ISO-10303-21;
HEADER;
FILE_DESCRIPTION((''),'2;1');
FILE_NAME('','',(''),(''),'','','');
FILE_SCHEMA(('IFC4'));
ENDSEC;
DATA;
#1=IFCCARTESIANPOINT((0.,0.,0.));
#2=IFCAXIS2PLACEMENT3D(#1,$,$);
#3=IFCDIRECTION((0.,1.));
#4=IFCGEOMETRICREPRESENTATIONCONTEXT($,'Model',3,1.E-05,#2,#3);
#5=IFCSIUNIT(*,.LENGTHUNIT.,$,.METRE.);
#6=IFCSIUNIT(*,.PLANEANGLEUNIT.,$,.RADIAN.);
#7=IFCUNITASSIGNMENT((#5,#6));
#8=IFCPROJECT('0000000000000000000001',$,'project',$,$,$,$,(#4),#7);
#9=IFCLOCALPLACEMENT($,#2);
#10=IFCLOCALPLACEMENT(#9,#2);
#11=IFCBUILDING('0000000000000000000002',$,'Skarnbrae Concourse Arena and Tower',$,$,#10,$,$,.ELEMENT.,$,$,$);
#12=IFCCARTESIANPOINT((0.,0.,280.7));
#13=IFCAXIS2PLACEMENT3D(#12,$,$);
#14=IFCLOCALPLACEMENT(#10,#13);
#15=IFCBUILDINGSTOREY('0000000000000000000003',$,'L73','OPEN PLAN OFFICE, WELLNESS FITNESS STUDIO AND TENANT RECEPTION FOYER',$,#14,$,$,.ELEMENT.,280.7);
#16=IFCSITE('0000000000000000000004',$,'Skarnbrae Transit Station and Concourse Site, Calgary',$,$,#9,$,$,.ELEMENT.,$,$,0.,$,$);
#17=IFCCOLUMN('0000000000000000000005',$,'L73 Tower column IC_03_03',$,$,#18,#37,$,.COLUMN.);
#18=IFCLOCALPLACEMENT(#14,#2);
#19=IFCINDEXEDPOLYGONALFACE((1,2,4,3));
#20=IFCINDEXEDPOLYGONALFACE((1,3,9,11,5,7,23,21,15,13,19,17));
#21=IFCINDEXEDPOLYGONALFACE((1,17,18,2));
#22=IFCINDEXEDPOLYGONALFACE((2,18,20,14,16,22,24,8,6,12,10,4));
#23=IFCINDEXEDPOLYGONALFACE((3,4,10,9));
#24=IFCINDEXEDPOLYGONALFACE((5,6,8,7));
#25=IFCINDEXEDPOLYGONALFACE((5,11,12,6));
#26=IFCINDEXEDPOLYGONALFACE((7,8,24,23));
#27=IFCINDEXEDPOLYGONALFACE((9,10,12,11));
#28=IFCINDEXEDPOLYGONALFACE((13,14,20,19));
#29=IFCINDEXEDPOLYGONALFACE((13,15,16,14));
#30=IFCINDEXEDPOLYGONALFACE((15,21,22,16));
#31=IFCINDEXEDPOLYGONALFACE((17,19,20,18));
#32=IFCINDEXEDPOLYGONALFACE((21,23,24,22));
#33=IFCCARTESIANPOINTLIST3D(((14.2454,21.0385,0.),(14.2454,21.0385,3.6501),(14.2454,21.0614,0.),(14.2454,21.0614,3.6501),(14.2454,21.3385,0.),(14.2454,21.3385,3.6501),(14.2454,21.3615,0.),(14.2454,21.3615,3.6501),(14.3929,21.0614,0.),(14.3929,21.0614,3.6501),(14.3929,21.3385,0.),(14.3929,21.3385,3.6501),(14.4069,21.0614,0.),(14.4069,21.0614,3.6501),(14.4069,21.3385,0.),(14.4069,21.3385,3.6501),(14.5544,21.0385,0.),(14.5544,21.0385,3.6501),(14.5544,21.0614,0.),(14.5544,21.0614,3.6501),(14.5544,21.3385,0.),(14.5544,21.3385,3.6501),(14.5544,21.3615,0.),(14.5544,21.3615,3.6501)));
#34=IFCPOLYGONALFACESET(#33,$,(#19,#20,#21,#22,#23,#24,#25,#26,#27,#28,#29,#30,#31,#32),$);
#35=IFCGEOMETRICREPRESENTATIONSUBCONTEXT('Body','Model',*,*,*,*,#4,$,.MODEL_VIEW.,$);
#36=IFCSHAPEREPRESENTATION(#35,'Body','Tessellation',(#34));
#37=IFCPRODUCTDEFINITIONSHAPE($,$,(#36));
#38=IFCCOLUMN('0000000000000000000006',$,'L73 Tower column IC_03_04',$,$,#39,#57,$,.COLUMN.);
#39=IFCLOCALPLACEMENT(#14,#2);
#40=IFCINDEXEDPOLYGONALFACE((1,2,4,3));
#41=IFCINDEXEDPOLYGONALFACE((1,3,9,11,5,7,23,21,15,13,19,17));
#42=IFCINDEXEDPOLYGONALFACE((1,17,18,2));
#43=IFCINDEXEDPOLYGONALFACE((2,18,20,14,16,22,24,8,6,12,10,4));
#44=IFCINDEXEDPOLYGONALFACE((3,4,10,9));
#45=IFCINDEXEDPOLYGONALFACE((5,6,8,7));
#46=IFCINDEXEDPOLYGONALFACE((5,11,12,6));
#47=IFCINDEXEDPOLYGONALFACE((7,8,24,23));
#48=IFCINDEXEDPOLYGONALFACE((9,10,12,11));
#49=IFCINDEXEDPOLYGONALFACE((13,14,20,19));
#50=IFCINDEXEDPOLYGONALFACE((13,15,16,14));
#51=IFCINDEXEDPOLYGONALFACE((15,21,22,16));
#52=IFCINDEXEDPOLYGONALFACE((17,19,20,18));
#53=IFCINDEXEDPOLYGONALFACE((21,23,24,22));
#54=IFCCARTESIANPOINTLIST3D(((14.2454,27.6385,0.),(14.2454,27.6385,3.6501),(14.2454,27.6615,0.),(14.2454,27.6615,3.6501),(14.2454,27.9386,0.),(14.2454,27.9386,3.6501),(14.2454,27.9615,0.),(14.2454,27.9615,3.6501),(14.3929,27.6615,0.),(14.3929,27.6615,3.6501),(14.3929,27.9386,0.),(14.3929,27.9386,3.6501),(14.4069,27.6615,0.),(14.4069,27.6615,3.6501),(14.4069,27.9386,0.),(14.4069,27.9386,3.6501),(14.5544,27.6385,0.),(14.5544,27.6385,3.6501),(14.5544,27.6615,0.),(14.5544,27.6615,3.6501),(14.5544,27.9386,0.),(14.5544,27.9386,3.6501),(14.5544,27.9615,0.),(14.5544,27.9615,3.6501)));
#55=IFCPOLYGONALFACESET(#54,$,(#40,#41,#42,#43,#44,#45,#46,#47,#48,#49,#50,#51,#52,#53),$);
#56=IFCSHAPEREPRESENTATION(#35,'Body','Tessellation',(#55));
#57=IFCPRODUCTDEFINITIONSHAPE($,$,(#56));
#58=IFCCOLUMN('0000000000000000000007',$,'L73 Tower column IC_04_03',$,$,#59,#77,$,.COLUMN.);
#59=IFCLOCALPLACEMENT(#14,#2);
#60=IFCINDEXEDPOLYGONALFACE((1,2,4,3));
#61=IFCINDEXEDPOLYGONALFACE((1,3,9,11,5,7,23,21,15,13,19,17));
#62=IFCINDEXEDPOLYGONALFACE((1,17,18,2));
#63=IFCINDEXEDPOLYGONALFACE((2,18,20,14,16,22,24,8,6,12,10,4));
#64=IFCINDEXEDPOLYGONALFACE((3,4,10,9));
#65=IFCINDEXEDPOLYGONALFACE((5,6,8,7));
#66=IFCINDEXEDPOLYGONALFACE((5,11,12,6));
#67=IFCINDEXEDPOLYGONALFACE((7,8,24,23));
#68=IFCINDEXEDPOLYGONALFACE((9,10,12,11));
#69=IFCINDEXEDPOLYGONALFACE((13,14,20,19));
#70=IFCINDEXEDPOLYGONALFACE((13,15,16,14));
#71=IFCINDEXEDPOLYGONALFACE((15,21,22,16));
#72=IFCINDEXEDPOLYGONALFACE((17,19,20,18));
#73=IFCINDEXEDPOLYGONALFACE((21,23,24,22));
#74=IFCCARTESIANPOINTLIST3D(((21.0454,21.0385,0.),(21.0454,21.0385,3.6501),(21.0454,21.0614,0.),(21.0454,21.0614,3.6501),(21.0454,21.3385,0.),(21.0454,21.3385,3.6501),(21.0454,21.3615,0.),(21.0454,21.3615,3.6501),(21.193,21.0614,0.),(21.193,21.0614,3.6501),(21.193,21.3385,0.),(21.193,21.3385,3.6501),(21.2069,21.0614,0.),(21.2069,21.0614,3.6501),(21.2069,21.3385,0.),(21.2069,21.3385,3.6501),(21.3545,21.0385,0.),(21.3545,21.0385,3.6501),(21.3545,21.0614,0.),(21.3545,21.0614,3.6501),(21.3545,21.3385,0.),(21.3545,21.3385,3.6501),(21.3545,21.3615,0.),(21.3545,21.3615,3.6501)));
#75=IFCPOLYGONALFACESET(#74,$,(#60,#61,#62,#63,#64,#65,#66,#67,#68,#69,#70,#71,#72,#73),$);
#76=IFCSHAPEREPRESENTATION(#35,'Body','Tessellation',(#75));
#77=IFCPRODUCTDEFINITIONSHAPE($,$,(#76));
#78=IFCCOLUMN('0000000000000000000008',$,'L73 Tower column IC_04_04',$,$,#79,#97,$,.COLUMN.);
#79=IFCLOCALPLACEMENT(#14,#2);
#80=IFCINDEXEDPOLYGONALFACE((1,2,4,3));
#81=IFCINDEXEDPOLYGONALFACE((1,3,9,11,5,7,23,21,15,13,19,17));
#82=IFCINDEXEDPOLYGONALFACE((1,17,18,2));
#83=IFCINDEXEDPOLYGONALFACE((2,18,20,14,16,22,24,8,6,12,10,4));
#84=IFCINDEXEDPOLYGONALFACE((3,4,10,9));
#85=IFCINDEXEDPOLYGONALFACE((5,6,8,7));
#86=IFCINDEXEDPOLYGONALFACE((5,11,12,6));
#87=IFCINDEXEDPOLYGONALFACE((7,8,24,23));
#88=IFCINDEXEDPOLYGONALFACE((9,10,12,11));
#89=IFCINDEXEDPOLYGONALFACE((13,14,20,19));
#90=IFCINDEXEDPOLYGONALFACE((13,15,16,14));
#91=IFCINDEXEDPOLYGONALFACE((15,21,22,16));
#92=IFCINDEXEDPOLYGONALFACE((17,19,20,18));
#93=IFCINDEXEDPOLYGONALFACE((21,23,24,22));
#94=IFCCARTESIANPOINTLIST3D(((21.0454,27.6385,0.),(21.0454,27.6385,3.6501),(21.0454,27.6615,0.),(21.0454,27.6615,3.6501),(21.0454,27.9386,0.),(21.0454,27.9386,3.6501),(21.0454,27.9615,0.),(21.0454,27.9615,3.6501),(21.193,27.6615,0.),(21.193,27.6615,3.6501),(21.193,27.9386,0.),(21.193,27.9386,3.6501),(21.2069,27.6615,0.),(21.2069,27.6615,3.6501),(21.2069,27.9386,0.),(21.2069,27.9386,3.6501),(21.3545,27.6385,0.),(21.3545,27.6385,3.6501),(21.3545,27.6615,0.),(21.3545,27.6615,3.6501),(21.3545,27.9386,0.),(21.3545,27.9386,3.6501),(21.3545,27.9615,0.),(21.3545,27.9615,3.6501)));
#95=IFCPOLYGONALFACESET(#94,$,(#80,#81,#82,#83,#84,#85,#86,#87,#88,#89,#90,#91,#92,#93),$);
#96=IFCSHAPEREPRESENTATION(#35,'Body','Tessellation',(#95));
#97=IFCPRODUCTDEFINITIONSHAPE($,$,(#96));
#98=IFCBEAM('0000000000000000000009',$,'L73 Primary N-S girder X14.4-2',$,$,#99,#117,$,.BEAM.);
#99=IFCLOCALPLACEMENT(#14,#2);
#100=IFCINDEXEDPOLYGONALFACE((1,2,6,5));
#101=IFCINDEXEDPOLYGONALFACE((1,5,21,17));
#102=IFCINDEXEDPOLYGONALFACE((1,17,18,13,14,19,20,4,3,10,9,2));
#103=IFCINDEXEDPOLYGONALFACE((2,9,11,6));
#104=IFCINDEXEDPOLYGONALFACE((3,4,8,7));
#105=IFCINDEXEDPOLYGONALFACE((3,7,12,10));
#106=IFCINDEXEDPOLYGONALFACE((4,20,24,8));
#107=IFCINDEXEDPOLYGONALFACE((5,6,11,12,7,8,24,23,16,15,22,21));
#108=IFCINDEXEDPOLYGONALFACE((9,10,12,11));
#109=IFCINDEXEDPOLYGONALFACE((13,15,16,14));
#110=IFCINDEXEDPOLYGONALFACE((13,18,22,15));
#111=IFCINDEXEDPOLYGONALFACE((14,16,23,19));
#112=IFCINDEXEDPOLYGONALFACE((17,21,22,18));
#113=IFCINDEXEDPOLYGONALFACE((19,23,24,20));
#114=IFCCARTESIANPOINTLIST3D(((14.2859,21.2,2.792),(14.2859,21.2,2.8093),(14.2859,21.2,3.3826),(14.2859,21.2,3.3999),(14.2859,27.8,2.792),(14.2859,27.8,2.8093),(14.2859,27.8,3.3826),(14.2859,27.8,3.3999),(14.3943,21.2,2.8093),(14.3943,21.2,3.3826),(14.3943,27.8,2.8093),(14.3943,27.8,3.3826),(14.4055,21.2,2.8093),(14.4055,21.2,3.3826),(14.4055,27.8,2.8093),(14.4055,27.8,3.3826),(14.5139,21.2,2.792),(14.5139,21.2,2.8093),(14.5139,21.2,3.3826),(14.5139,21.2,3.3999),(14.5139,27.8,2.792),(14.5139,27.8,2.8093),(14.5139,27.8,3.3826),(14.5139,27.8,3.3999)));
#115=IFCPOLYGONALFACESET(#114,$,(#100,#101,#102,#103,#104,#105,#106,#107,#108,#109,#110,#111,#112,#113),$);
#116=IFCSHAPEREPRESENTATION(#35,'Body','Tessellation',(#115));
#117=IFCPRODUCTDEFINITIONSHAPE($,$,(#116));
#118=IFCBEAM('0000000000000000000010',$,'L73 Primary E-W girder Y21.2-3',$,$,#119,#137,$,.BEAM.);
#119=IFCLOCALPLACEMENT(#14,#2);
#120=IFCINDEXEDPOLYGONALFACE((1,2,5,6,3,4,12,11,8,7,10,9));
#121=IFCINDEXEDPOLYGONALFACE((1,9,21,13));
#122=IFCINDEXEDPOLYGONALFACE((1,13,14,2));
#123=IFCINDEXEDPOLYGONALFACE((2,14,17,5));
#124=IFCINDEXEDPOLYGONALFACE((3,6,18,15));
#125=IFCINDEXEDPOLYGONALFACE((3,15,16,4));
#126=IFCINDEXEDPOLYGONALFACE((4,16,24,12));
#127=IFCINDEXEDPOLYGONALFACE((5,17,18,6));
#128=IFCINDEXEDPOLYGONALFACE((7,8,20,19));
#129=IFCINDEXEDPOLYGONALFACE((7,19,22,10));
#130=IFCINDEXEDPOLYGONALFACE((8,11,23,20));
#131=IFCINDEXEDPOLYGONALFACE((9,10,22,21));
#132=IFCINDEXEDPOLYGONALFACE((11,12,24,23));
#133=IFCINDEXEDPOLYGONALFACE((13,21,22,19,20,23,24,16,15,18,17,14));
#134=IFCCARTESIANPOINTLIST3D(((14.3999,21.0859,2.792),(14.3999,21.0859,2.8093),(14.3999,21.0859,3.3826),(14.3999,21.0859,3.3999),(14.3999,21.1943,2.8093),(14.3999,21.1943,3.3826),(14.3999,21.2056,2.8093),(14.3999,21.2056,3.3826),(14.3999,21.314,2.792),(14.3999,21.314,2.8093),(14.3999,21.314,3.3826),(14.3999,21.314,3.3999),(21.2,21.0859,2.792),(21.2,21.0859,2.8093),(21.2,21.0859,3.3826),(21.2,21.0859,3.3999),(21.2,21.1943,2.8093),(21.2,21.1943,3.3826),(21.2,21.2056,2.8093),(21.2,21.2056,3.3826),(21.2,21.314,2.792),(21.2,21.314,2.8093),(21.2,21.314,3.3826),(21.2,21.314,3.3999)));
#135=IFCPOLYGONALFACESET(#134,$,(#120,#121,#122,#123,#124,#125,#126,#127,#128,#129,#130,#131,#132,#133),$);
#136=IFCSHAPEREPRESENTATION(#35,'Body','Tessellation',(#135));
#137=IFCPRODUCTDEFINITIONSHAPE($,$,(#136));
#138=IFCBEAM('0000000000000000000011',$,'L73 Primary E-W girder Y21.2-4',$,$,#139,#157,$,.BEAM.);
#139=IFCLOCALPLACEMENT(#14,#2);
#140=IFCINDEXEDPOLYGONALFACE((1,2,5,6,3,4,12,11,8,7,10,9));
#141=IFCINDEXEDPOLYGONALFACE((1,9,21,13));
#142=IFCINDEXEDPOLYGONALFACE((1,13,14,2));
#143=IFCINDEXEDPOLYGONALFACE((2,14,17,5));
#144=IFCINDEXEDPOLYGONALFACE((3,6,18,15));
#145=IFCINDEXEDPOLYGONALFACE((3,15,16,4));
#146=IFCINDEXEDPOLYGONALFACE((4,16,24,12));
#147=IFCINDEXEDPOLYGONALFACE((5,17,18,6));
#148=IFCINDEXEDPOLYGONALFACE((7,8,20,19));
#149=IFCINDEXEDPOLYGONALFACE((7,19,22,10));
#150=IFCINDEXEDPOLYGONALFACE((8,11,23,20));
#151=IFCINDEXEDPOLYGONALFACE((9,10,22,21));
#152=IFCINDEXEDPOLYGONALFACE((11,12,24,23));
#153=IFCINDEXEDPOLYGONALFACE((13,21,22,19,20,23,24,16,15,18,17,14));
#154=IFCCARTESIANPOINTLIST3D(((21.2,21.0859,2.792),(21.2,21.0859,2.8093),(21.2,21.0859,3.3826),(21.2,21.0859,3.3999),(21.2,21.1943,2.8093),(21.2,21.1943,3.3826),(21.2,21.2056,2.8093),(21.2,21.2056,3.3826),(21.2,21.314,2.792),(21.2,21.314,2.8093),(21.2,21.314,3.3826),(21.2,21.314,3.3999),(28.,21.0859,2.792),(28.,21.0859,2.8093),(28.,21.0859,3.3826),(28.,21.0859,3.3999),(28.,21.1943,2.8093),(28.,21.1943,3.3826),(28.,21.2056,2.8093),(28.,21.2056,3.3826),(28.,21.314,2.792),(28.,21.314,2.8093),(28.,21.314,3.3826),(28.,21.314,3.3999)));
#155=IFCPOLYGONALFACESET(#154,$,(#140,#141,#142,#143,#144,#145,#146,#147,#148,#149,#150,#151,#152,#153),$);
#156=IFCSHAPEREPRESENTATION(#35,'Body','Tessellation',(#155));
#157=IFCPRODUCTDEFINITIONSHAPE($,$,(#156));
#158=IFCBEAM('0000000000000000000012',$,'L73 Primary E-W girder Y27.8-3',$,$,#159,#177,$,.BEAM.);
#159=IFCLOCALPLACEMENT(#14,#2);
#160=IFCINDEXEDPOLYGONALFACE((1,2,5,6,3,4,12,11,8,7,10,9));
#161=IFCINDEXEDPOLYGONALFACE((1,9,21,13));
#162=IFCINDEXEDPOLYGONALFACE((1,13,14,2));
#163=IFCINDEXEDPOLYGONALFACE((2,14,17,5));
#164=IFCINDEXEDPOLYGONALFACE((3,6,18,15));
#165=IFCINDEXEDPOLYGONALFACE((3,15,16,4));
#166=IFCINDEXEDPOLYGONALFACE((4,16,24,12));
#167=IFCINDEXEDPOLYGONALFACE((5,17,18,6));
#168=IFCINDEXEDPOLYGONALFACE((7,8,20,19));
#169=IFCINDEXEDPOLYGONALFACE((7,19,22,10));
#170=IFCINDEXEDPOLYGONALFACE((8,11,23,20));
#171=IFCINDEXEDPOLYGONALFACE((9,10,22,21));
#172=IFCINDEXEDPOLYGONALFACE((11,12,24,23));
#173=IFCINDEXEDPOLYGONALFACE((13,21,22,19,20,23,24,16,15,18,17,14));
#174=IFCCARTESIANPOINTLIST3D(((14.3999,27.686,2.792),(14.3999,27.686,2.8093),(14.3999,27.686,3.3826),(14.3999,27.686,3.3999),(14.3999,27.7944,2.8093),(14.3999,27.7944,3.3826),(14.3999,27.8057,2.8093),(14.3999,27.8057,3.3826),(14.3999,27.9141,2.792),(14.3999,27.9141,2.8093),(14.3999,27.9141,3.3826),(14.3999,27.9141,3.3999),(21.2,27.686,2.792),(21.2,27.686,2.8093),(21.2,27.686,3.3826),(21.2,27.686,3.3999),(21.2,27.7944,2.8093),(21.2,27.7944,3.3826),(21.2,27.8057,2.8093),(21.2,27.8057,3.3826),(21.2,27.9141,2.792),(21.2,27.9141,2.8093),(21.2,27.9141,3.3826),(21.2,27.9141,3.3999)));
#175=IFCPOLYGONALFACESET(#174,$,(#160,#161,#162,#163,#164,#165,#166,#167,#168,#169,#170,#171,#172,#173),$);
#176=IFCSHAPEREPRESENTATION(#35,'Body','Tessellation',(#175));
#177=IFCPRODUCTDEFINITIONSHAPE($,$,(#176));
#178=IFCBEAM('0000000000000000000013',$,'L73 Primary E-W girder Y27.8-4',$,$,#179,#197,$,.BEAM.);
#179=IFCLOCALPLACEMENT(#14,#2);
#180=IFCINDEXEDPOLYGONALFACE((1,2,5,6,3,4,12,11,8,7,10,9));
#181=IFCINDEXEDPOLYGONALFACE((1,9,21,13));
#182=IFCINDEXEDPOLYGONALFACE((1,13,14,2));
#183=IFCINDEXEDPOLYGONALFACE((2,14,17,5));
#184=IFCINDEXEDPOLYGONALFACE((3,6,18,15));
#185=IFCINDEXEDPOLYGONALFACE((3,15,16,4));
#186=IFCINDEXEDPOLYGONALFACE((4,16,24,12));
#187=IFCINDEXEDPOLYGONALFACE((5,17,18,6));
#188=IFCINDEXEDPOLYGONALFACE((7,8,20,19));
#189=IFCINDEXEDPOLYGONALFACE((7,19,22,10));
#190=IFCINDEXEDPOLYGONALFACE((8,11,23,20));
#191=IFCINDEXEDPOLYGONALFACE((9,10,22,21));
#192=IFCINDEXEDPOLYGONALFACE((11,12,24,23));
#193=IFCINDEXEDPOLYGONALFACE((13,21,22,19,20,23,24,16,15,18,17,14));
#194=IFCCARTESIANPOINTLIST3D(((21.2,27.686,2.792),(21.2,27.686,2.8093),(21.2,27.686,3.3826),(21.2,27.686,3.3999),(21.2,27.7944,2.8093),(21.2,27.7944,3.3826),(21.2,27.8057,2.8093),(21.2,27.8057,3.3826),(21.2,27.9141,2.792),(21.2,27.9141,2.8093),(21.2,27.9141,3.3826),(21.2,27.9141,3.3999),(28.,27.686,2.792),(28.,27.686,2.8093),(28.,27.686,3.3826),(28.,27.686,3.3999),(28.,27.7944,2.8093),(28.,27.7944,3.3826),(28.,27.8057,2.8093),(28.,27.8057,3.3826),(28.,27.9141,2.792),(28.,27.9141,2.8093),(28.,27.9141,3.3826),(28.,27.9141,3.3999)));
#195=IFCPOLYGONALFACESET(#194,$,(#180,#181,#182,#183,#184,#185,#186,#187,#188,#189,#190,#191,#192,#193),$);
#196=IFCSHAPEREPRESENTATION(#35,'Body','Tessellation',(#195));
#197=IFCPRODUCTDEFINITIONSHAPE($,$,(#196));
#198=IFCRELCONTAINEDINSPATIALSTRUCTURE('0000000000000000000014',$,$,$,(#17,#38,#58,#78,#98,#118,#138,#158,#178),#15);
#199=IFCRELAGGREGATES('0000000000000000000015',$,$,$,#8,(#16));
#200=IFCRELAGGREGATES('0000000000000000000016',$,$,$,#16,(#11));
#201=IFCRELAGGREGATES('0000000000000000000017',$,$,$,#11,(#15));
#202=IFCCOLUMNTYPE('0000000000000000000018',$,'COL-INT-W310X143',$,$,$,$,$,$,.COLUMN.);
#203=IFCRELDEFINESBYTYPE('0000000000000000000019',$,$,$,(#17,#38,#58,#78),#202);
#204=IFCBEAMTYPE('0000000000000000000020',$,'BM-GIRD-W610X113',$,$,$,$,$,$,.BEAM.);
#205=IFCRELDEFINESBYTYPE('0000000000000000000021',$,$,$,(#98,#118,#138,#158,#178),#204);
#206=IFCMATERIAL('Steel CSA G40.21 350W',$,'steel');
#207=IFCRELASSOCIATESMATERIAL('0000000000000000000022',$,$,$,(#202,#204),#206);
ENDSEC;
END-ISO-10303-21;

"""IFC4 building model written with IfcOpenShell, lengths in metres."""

from ifc_helpers import new_model, si_unit, direction, frame, origin, origin_2d, place, context, subcontext, project, spatial, i_section, extrude, source, transform, mapped, material, material_profile, profile_set, type_object, element, save


model = new_model("IFC4")

# Units and contexts
model_context = context("Model", 3, precision=1e-05, world=origin(), true_north=direction((0.0, 1.0)))
body_context = subcontext(model_context, "Body", "Model", "MODEL_VIEW")
ifc_project = project(units=[si_unit("LENGTHUNIT", "METRE"), si_unit("PLANEANGLEUNIT", "RADIAN")], contexts=[model_context])

# Site, building, storey
site_placement = place(None, origin())
site = spatial("IfcSite", under=ifc_project, at=site_placement, Name="Skarnbrae Transit Station and Concourse Site, Calgary", CompositionType="ELEMENT", RefElevation=0.0)
building_placement = place(site_placement, origin())
building = spatial("IfcBuilding", under=site, at=building_placement, Name="Skarnbrae Concourse Arena and Tower", CompositionType="ELEMENT")
storey_placement = place(building_placement, frame((0.0, 0.0, 280.7)))
storey = spatial("IfcBuildingStorey", under=building, at=storey_placement, Name="L73", Description="OPEN PLAN OFFICE, WELLNESS FITNESS STUDIO AND TENANT RECEPTION FOYER", CompositionType="ELEMENT", Elevation=280.7)

# Columns
ifc_material_1 = material(Name="Steel CSA G40.21 350W", Category="steel")
ifc_material_profile_1 = material_profile(ifc_material_1, i_section(OverallWidth=0.3091, OverallDepth=0.323, WebThickness=0.0139, FlangeThickness=0.0229, at=origin_2d()), Name="W310X143")
ifc_profile_set_1 = profile_set([ifc_material_profile_1], Name="Steel CSA G40.21 350W")
column_type = type_object("IfcColumnType", Name="COL-INT-W310X143", PredefinedType="COLUMN", material=ifc_profile_set_1)
shared_shape_1 = source(origin(), body_context, "Body", "SweptSolid", [
    extrude(i_section(OverallWidth=0.3091, OverallDepth=0.323, WebThickness=0.0139, FlangeThickness=0.0229, at=origin_2d()), origin(), (0.0, 0.0, 1.0), 3.6501),
])
for number, where, z_axis, x_axis, name in (
    (1, (14.3999, 21.2, 0.0), (0.0, 0.0, 1.0), (1.0, 0.0, 0.0), "L73 Tower column IC_03_03"),
    (2, (14.3999, 27.8, 0.0), (0.0, 0.0, 1.0), (1.0, 0.0, 0.0), "L73 Tower column IC_03_04"),
    (3, (21.2, 21.2, 0.0), (0.0, 0.0, 1.0), (1.0, 0.0, 0.0), "L73 Tower column IC_04_03"),
    (4, (21.2, 27.8, 0.0), (0.0, 0.0, 1.0), (1.0, 0.0, 0.0), "L73 Tower column IC_04_04"),
):
    element("IfcColumn", number, at=place(storey_placement, frame(where, z_axis=z_axis, x_axis=x_axis)), inside=storey, type_object=column_type, Name=name, PredefinedType="COLUMN", context=body_context, shape_type="MappedRepresentation", body=[
        mapped(shared_shape_1, transform((0.0, 0.0, 0.0))),
    ])

# Beams
ifc_material_profile_2 = material_profile(ifc_material_1, i_section(OverallWidth=0.228, OverallDepth=0.6079, WebThickness=0.0112, FlangeThickness=0.0173, at=origin_2d()), Name="W610X113")
ifc_profile_set_2 = profile_set([ifc_material_profile_2], Name="Steel CSA G40.21 350W")
beam_type_1 = type_object("IfcBeamType", Name="BM-GIRD-W610X113", PredefinedType="BEAM", material=ifc_profile_set_2)
shared_shape_2 = source(origin(), body_context, "Body", "SweptSolid", [
    extrude(i_section(OverallWidth=0.228, OverallDepth=0.6079, WebThickness=0.0112, FlangeThickness=0.0173, at=origin_2d()), origin(), (0.0, 0.0, 1.0), 6.6001),
])
beam_1_placement = place(storey_placement, frame((14.3999, 21.2, 3.0959), z_axis=(0.0, 1.0, 0.0), x_axis=(-1.0, 0.0, 0.0)))
element("IfcBeam", 5, at=beam_1_placement, inside=storey, type_object=beam_type_1, Name="L73 Primary N-S girder X14.4-2", PredefinedType="BEAM", context=body_context, shape_type="MappedRepresentation", body=[
    mapped(shared_shape_2, transform((0.0, 0.0, 0.0))),
])
shared_shape_3 = source(origin(), body_context, "Body", "SweptSolid", [
    extrude(i_section(OverallWidth=0.228, OverallDepth=0.6079, WebThickness=0.0112, FlangeThickness=0.0173, at=origin_2d()), origin(), (0.0, 0.0, 1.0), 6.8),
])
for number, where, z_axis, x_axis, name in (
    (6, (14.3999, 21.2, 3.0959), (1.0, 0.0, 0.0), (0.0, 1.0, 0.0), "L73 Primary E-W girder Y21.2-3"),
    (7, (21.2, 21.2, 3.0959), (1.0, 0.0, 0.0), (0.0, 1.0, 0.0), "L73 Primary E-W girder Y21.2-4"),
    (8, (14.3999, 27.8, 3.0959), (1.0, 0.0, 0.0), (0.0, 1.0, 0.0), "L73 Primary E-W girder Y27.8-3"),
    (9, (21.2, 27.8, 3.0959), (1.0, 0.0, 0.0), (0.0, 1.0, 0.0), "L73 Primary E-W girder Y27.8-4"),
):
    element("IfcBeam", number, at=place(storey_placement, frame(where, z_axis=z_axis, x_axis=x_axis)), inside=storey, type_object=beam_type_1, Name=name, PredefinedType="BEAM", context=body_context, shape_type="MappedRepresentation", body=[
        mapped(shared_shape_3, transform((0.0, 0.0, 0.0))),
    ])

save(model, "model.ifc")
